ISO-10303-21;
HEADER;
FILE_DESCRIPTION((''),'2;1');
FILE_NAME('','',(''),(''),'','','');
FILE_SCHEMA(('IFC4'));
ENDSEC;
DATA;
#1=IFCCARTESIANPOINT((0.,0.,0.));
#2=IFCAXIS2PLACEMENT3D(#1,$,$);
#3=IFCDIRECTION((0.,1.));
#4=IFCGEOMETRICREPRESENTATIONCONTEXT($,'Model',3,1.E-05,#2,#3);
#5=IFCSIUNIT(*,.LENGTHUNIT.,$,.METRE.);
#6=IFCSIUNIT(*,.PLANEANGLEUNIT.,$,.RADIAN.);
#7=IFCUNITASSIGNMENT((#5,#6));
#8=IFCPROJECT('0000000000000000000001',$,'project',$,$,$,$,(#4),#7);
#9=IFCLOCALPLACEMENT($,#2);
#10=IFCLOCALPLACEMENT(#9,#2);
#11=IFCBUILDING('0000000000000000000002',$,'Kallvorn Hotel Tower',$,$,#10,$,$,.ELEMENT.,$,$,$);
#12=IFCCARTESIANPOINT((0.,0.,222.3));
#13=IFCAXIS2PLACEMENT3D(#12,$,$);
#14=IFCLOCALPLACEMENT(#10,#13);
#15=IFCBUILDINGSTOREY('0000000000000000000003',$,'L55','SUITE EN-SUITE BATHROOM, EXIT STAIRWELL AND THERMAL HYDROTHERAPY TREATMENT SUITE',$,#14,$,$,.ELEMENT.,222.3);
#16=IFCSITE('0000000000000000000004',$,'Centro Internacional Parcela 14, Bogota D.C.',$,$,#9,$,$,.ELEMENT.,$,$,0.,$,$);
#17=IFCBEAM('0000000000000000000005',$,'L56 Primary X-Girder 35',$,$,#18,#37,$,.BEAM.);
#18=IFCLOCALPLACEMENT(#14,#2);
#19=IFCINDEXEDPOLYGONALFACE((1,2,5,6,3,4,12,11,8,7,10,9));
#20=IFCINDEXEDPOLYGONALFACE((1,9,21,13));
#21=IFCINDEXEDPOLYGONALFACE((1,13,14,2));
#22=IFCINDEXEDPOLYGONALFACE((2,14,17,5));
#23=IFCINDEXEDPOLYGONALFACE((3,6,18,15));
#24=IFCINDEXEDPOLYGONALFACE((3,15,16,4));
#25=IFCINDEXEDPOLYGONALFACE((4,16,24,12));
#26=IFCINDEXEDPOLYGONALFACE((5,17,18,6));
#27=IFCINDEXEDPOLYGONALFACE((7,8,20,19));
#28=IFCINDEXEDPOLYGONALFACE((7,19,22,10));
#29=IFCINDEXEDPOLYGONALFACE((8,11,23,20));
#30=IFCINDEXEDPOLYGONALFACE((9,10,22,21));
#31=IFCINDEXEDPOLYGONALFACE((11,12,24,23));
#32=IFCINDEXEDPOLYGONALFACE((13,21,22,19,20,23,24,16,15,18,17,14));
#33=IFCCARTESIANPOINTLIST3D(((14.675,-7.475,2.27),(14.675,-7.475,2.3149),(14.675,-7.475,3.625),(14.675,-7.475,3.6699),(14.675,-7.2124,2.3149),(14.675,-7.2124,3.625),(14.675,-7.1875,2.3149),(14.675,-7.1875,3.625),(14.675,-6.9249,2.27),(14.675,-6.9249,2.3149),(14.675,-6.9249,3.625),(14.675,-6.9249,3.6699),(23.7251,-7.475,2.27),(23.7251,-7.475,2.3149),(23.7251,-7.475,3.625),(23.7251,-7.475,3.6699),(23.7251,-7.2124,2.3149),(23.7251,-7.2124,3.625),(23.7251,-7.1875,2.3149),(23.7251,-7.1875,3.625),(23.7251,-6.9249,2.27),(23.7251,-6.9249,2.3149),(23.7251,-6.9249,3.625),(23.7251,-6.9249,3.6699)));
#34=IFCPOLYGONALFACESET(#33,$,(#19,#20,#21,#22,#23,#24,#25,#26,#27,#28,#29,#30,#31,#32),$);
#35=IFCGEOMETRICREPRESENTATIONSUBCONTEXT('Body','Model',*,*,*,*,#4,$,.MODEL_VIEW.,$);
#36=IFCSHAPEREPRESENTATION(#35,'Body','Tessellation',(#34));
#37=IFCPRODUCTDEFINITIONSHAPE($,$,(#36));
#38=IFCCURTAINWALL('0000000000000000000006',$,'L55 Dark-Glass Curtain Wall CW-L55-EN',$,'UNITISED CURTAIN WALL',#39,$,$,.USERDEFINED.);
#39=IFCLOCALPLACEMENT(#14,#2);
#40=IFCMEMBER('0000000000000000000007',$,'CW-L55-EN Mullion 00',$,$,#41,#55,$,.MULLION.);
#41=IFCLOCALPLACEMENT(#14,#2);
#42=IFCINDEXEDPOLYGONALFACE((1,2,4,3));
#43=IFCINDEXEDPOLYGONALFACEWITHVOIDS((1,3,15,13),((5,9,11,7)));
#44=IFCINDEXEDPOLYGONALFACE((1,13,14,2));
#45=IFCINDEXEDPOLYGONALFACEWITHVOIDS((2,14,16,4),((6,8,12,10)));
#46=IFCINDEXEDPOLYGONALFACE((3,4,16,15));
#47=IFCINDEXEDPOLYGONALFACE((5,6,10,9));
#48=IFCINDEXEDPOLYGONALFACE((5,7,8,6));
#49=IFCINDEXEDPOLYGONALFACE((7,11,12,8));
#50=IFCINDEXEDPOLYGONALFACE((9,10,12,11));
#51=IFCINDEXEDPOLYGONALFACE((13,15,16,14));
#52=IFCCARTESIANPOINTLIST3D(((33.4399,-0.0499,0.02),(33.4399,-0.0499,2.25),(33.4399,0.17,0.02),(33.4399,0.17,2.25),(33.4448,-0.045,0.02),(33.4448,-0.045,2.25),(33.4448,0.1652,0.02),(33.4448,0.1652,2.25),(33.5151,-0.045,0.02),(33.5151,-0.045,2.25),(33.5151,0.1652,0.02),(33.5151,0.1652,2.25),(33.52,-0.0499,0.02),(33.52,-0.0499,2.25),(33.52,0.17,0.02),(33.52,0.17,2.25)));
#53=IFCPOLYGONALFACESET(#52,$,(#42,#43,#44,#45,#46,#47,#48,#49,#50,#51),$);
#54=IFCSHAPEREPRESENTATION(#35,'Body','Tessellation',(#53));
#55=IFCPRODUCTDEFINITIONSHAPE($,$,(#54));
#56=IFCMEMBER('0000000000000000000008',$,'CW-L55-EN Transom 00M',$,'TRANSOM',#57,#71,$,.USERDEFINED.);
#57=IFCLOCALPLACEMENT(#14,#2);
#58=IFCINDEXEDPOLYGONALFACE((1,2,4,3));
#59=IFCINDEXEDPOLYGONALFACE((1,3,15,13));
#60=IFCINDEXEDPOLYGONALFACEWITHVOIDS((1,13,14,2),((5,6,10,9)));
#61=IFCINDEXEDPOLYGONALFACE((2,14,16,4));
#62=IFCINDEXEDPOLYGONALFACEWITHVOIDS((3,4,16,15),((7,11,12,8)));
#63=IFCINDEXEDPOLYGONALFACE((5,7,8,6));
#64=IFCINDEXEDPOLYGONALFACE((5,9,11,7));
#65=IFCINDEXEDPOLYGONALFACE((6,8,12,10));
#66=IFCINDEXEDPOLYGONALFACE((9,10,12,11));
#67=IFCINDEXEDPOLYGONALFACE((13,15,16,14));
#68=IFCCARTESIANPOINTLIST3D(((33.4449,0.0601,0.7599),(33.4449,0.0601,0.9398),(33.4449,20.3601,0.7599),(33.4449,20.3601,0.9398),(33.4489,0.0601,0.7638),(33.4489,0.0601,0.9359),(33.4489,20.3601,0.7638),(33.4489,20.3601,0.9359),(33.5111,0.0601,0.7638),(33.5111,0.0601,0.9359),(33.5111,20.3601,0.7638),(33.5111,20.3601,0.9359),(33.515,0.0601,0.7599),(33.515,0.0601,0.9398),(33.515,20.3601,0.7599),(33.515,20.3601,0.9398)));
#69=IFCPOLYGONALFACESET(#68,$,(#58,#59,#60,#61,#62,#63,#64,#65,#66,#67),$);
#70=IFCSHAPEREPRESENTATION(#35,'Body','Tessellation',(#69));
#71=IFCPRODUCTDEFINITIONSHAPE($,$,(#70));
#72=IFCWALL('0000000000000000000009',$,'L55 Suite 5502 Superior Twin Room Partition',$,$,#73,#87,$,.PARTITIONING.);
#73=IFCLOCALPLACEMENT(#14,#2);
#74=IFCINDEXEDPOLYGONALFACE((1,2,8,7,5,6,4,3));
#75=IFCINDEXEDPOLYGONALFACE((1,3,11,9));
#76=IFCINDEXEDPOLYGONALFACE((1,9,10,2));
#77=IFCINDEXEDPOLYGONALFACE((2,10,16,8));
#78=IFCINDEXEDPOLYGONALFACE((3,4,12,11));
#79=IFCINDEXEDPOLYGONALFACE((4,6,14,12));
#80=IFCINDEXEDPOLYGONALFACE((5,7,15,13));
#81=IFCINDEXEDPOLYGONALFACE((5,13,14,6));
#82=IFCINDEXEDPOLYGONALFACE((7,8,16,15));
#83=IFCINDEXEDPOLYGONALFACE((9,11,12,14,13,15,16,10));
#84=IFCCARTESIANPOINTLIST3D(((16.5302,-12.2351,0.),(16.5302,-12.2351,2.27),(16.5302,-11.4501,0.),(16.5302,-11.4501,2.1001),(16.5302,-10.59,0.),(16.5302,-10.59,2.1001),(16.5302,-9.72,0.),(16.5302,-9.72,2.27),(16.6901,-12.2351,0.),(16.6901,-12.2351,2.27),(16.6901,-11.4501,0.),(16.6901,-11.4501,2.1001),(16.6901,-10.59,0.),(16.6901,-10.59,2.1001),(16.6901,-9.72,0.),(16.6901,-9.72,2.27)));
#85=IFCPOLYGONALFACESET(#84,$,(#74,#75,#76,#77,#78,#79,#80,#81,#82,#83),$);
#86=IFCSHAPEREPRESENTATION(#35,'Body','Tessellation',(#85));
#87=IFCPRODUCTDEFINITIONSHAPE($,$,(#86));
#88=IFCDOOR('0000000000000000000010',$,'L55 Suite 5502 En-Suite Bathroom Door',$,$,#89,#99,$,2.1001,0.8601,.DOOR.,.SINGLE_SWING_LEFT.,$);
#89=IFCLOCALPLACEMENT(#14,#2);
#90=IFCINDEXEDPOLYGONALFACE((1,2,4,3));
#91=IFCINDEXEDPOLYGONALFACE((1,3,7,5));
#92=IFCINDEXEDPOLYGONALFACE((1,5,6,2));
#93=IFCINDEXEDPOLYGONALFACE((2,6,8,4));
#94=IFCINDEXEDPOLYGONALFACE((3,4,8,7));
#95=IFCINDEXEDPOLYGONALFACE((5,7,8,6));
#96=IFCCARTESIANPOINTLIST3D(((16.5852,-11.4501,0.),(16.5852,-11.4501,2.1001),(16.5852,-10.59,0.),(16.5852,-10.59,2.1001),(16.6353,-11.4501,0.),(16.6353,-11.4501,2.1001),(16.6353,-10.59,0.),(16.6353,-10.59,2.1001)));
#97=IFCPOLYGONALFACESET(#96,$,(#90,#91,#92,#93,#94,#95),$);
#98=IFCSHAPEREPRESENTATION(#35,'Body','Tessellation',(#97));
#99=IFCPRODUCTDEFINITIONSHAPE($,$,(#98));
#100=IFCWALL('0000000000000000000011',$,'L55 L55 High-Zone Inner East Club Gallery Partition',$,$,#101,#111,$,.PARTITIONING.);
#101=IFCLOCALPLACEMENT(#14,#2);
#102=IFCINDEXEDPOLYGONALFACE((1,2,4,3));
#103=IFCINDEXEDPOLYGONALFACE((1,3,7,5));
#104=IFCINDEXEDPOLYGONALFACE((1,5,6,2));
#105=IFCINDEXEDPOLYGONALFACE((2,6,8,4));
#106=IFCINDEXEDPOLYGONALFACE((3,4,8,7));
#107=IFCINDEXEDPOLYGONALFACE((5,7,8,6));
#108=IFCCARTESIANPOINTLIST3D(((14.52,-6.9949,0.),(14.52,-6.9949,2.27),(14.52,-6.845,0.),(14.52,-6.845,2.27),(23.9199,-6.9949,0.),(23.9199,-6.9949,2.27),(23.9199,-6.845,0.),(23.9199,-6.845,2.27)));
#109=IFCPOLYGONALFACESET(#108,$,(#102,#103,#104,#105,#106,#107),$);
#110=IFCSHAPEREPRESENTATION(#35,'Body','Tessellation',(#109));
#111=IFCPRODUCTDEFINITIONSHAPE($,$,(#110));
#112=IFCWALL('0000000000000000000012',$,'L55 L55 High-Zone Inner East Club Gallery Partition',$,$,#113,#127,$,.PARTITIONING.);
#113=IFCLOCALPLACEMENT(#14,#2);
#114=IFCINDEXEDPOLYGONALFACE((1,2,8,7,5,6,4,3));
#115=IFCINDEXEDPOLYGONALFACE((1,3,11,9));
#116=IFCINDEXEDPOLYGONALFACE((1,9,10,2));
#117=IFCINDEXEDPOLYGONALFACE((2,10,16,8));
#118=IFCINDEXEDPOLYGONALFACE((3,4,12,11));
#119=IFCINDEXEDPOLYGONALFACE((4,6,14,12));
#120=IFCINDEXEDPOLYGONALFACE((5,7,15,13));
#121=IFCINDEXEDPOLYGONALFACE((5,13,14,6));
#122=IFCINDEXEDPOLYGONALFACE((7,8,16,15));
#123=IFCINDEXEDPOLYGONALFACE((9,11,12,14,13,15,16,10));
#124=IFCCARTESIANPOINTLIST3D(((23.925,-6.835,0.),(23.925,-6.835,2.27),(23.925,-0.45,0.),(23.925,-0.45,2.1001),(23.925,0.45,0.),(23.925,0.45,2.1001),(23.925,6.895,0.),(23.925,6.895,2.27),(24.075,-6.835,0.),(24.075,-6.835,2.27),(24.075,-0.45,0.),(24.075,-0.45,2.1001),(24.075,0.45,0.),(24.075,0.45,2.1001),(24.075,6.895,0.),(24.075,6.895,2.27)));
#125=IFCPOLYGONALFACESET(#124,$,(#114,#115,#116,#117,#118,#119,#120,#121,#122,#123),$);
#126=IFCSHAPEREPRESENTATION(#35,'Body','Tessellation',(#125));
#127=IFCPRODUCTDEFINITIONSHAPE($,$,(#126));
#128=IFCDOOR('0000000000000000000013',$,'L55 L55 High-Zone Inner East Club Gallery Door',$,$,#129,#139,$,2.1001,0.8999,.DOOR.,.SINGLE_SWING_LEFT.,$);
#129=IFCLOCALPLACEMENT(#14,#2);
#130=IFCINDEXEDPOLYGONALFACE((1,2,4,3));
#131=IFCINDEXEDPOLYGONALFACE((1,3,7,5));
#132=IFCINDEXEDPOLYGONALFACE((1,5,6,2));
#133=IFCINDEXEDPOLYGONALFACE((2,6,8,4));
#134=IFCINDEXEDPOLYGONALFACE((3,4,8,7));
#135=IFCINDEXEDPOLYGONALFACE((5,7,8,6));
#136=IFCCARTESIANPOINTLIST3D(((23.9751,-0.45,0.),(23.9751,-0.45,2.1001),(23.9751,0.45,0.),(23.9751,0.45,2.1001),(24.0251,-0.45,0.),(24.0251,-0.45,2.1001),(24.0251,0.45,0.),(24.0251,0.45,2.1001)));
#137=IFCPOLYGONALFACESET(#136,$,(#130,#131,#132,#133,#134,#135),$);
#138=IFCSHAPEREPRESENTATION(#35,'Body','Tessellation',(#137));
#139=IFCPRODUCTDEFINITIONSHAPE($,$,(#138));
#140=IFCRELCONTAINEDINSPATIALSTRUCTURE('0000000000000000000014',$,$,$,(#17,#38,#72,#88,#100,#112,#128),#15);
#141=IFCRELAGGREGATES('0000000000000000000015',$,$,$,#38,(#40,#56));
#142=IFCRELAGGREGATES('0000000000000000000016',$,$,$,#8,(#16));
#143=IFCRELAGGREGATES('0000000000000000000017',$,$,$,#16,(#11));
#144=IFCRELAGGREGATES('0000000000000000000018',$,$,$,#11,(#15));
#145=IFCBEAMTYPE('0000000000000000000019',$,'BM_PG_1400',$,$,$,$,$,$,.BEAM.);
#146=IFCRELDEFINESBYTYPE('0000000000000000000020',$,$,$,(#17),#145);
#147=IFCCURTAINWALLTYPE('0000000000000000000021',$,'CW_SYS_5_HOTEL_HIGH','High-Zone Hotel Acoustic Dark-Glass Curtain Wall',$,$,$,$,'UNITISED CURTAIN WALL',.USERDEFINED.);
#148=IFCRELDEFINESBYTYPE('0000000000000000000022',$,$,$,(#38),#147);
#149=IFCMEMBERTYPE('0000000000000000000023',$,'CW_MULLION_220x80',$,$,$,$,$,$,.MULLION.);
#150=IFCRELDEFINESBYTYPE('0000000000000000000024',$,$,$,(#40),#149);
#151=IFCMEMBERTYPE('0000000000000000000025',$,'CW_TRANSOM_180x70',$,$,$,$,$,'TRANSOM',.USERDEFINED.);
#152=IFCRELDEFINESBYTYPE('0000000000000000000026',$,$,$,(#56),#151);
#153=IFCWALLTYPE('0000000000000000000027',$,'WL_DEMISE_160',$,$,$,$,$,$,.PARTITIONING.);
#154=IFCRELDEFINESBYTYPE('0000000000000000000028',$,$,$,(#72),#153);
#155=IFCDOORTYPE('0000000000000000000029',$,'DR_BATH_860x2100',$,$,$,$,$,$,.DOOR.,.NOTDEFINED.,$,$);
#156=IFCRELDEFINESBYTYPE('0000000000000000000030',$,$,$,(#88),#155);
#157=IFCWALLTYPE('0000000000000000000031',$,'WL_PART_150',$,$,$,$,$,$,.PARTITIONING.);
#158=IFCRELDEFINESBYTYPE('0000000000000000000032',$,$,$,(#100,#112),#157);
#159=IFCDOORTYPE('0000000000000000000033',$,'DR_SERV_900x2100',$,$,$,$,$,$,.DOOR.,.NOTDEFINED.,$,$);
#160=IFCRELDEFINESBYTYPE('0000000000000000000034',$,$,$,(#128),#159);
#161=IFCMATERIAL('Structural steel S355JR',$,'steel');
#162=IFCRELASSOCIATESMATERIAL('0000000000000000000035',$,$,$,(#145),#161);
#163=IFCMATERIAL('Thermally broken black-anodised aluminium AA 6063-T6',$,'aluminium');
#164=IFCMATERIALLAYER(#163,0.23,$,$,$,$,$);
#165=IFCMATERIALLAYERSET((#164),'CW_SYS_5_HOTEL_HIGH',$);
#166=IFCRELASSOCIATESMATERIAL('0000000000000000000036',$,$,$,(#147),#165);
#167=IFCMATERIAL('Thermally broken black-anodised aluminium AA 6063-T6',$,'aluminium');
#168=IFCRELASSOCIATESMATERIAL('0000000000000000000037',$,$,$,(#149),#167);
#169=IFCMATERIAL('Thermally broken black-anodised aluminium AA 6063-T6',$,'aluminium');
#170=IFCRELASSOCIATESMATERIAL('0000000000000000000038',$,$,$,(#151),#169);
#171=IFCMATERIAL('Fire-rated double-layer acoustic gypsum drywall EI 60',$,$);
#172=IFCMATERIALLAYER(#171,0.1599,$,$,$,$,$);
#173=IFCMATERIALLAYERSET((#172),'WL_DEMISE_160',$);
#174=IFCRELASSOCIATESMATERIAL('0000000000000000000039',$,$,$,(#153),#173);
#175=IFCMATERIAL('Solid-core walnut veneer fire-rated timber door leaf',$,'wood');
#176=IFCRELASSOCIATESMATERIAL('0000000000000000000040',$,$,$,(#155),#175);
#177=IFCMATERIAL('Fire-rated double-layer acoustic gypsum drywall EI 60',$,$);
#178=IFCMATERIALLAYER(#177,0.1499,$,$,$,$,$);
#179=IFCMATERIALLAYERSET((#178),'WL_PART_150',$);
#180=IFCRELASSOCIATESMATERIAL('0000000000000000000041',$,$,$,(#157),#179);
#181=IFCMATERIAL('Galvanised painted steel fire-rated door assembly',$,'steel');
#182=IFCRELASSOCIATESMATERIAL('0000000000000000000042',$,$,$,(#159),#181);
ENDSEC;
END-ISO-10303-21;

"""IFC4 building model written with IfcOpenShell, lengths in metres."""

from ifc_helpers import new_model, si_unit, direction, frame, frame_2d, origin, origin_2d, place, context, subcontext, project, spatial, rectangle, hollow_rectangle, i_section, extrude, material, layer, layer_set, material_profile, profile_set, type_object, element, fill, aggregate, save


model = new_model("IFC4")

# Units and contexts
model_context = context("Model", 3, precision=1e-05, world=origin(), true_north=direction((0.0, 1.0)))
body_context = subcontext(model_context, "Body", "Model", "MODEL_VIEW")
ifc_project = project(units=[si_unit("LENGTHUNIT", "METRE"), si_unit("PLANEANGLEUNIT", "RADIAN")], contexts=[model_context])

# Site, building, storey
site_placement = place(None, origin())
site = spatial("IfcSite", under=ifc_project, at=site_placement, Name="Centro Internacional Parcela 14, Bogota D.C.", CompositionType="ELEMENT", RefElevation=0.0)
building_placement = place(site_placement, origin())
building = spatial("IfcBuilding", under=site, at=building_placement, Name="Kallvorn Hotel Tower", CompositionType="ELEMENT")
storey_placement = place(building_placement, frame((0.0, 0.0, 222.3)))
storey = spatial("IfcBuildingStorey", under=building, at=storey_placement, Name="L55", Description="SUITE EN-SUITE BATHROOM, EXIT STAIRWELL AND THERMAL HYDROTHERAPY TREATMENT SUITE", CompositionType="ELEMENT", Elevation=222.3)

# Beam
ifc_material_1 = material(Name="Structural steel S355JR", Category="steel")
ifc_material_profile_1 = material_profile(ifc_material_1, i_section(OverallWidth=0.55, OverallDepth=1.3999, WebThickness=0.0249, FlangeThickness=0.0449, at=origin_2d()), Name="PG 1400x550x25x45")
ifc_profile_set_1 = profile_set([ifc_material_profile_1], Name="Structural steel S355JR")
beam_type_1 = type_object("IfcBeamType", Name="BM_PG_1400", PredefinedType="BEAM", material=ifc_profile_set_1)
beam_1_placement = place(storey_placement, frame((14.675, -7.2, 2.97), z_axis=(1.0, 0.0, 0.0), x_axis=(0.0, 1.0, 0.0)))
element("IfcBeam", 1, at=beam_1_placement, inside=storey, type_object=beam_type_1, Name="L56 Primary X-Girder 35", PredefinedType="BEAM", context=body_context, shape_type="SweptSolid", body=[
    extrude(i_section(OverallWidth=0.55, OverallDepth=1.3999, WebThickness=0.0249, FlangeThickness=0.0449, at=origin_2d()), origin(), (0.0, 0.0, 1.0), 9.05),
])

# Curtain wall, members
ifc_material_2 = material(Name="Thermally broken black-anodised aluminium AA 6063-T6", Category="aluminium")
ifc_layer_1 = layer(ifc_material_2, 0.23)
ifc_layer_set_1 = layer_set([ifc_layer_1], Name="CW_SYS_5_HOTEL_HIGH")
curtain_wall_type = type_object("IfcCurtainWallType", Name="CW_SYS_5_HOTEL_HIGH", Description="High-Zone Hotel Acoustic Dark-Glass Curtain Wall", ElementType="UNITISED CURTAIN WALL", PredefinedType="USERDEFINED", material=ifc_layer_set_1)
curtain_wall_placement = place(storey_placement, origin())
curtain_wall = element("IfcCurtainWall", 2, at=curtain_wall_placement, inside=storey, type_object=curtain_wall_type, Name="L55 Dark-Glass Curtain Wall CW-L55-EN", ObjectType="UNITISED CURTAIN WALL", PredefinedType="USERDEFINED")
ifc_material_3 = material(Name="Thermally broken black-anodised aluminium AA 6063-T6", Category="aluminium")
ifc_material_profile_2 = material_profile(ifc_material_3, hollow_rectangle(XDim=0.0801, YDim=0.22, WallThickness=0.0049, at=origin_2d()), Name="MUL 220x80")
ifc_profile_set_2 = profile_set([ifc_material_profile_2], Name="Thermally broken black-anodised aluminium AA 6063-T6")
member_type_1 = type_object("IfcMemberType", Name="CW_MULLION_220x80", PredefinedType="MULLION", material=ifc_profile_set_2)
member_1_placement = place(storey_placement, frame((33.48, 0.0601, 0.02), z_axis=(0.0, 0.0, 1.0), x_axis=(1.0, 0.0, 0.0)))
member_1 = element("IfcMember", 3, at=member_1_placement, type_object=member_type_1, Name="CW-L55-EN Mullion 00", PredefinedType="MULLION", context=body_context, shape_type="SweptSolid", body=[
    extrude(hollow_rectangle(XDim=0.0801, YDim=0.22, WallThickness=0.0049, at=origin_2d()), origin(), (0.0, 0.0, 1.0), 2.23),
])
ifc_material_4 = material(Name="Thermally broken black-anodised aluminium AA 6063-T6", Category="aluminium")
ifc_material_profile_3 = material_profile(ifc_material_4, hollow_rectangle(XDim=0.0701, YDim=0.1799, WallThickness=0.0039, at=origin_2d()), Name="TRN 180x70")
ifc_profile_set_3 = profile_set([ifc_material_profile_3], Name="Thermally broken black-anodised aluminium AA 6063-T6")
member_type_2 = type_object("IfcMemberType", Name="CW_TRANSOM_180x70", ElementType="TRANSOM", PredefinedType="USERDEFINED", material=ifc_profile_set_3)
member_2_placement = place(storey_placement, frame((33.48, 0.0601, 0.8499), z_axis=(0.0, 1.0, 0.0), x_axis=(-1.0, 0.0, 0.0)))
member_2 = element("IfcMember", 4, at=member_2_placement, type_object=member_type_2, Name="CW-L55-EN Transom 00M", ObjectType="TRANSOM", PredefinedType="USERDEFINED", context=body_context, shape_type="SweptSolid", body=[
    extrude(hollow_rectangle(XDim=0.0701, YDim=0.1799, WallThickness=0.0039, at=origin_2d()), origin(), (0.0, 0.0, 1.0), 20.3),
])
aggregate(curtain_wall, [member_1, member_2])

# Wall, opening, door
ifc_material_5 = material(Name="Fire-rated double-layer acoustic gypsum drywall EI 60")
ifc_layer_2 = layer(ifc_material_5, 0.1599)
ifc_layer_set_2 = layer_set([ifc_layer_2], Name="WL_DEMISE_160")
wall_type_1 = type_object("IfcWallType", Name="WL_DEMISE_160", PredefinedType="PARTITIONING", material=ifc_layer_set_2)
wall_1_placement = place(storey_placement, frame((16.6101, -12.2351, 0.0), z_axis=(0.0, 0.0, 1.0), x_axis=(0.0, 1.0, 0.0)))
wall_1 = element("IfcWall", 5, at=wall_1_placement, inside=storey, type_object=wall_type_1, Name="L55 Suite 5502 Superior Twin Room Partition", PredefinedType="PARTITIONING", context=body_context, shape_type="SweptSolid", body=[
    extrude(rectangle(XDim=2.5151, YDim=0.1599, at=frame_2d((1.2576, 0.0))), origin(), (0.0, 0.0, 1.0), 2.27),
])
opening_1_placement = place(wall_1_placement, frame((0.7849, 0.0, 0.0)))
opening_1 = element("IfcOpeningElement", 6, at=opening_1_placement, cuts=wall_1, PredefinedType="OPENING", context=body_context, shape_type="SweptSolid", body=[
    extrude(rectangle(XDim=0.8601, YDim=2.1001, at=frame_2d((0.4302, 1.05))), frame((0.0, 0.095, 0.0), z_axis=(0.0, -1.0, 0.0), x_axis=(1.0, 0.0, 0.0)), (0.0, 0.0, 1.0), 0.1899),
])
ifc_material_6 = material(Name="Solid-core walnut veneer fire-rated timber door leaf", Category="wood")
door_type_1 = type_object("IfcDoorType", Name="DR_BATH_860x2100", OperationType="NOTDEFINED", PredefinedType="DOOR", material=ifc_material_6)
door_1_placement = place(opening_1_placement, origin())
door_1 = element("IfcDoor", 7, at=door_1_placement, inside=storey, type_object=door_type_1, Name="L55 Suite 5502 En-Suite Bathroom Door", OperationType="SINGLE_SWING_LEFT", OverallHeight=2.1001, OverallWidth=0.8601, PredefinedType="DOOR", context=body_context, shape_type="SweptSolid", body=[
    extrude(rectangle(XDim=0.8601, YDim=2.1001, at=frame_2d((0.4302, 1.05))), frame((0.0, 0.0249, 0.0), z_axis=(0.0, -1.0, 0.0), x_axis=(1.0, 0.0, 0.0)), (0.0, 0.0, 1.0), 0.05),
])
fill(opening_1, door_1)

# Wall
ifc_material_7 = material(Name="Fire-rated double-layer acoustic gypsum drywall EI 60")
ifc_layer_3 = layer(ifc_material_7, 0.1499)
ifc_layer_set_3 = layer_set([ifc_layer_3], Name="WL_PART_150")
wall_type_2 = type_object("IfcWallType", Name="WL_PART_150", PredefinedType="PARTITIONING", material=ifc_layer_set_3)
wall_2_placement = place(storey_placement, frame((14.52, -6.9199, 0.0), z_axis=(0.0, 0.0, 1.0), x_axis=(1.0, 0.0, 0.0)))
element("IfcWall", 8, at=wall_2_placement, inside=storey, type_object=wall_type_2, Name="L55 L55 High-Zone Inner East Club Gallery Partition", PredefinedType="PARTITIONING", context=body_context, shape_type="SweptSolid", body=[
    extrude(rectangle(XDim=9.3999, YDim=0.1499, at=frame_2d((4.7, 0.0))), origin(), (0.0, 0.0, 1.0), 2.27),
])

# Wall, opening, door
wall_3_placement = place(storey_placement, frame((24.0, -6.835, 0.0), z_axis=(0.0, 0.0, 1.0), x_axis=(0.0, 1.0, 0.0)))
wall_3 = element("IfcWall", 9, at=wall_3_placement, inside=storey, type_object=wall_type_2, Name="L55 L55 High-Zone Inner East Club Gallery Partition", PredefinedType="PARTITIONING", context=body_context, shape_type="SweptSolid", body=[
    extrude(rectangle(XDim=13.73, YDim=0.1499, at=frame_2d((6.865, 0.0))), origin(), (0.0, 0.0, 1.0), 2.27),
])
opening_2_placement = place(wall_3_placement, frame((6.385, 0.0, 0.0)))
opening_2 = element("IfcOpeningElement", 10, at=opening_2_placement, cuts=wall_3, PredefinedType="OPENING", context=body_context, shape_type="SweptSolid", body=[
    extrude(rectangle(XDim=0.8999, YDim=2.1001, at=frame_2d((0.45, 1.05))), frame((0.0, 0.0898, 0.0), z_axis=(0.0, -1.0, 0.0), x_axis=(1.0, 0.0, 0.0)), (0.0, 0.0, 1.0), 0.1799),
])
ifc_material_8 = material(Name="Galvanised painted steel fire-rated door assembly", Category="steel")
door_type_2 = type_object("IfcDoorType", Name="DR_SERV_900x2100", OperationType="NOTDEFINED", PredefinedType="DOOR", material=ifc_material_8)
door_2_placement = place(opening_2_placement, origin())
door_2 = element("IfcDoor", 11, at=door_2_placement, inside=storey, type_object=door_type_2, Name="L55 L55 High-Zone Inner East Club Gallery Door", OperationType="SINGLE_SWING_LEFT", OverallHeight=2.1001, OverallWidth=0.8999, PredefinedType="DOOR", context=body_context, shape_type="SweptSolid", body=[
    extrude(rectangle(XDim=0.8999, YDim=2.1001, at=frame_2d((0.45, 1.05))), frame((0.0, 0.0249, 0.0), z_axis=(0.0, -1.0, 0.0), x_axis=(1.0, 0.0, 0.0)), (0.0, 0.0, 1.0), 0.05),
])
fill(opening_2, door_2)

save(model, "model.ifc")
